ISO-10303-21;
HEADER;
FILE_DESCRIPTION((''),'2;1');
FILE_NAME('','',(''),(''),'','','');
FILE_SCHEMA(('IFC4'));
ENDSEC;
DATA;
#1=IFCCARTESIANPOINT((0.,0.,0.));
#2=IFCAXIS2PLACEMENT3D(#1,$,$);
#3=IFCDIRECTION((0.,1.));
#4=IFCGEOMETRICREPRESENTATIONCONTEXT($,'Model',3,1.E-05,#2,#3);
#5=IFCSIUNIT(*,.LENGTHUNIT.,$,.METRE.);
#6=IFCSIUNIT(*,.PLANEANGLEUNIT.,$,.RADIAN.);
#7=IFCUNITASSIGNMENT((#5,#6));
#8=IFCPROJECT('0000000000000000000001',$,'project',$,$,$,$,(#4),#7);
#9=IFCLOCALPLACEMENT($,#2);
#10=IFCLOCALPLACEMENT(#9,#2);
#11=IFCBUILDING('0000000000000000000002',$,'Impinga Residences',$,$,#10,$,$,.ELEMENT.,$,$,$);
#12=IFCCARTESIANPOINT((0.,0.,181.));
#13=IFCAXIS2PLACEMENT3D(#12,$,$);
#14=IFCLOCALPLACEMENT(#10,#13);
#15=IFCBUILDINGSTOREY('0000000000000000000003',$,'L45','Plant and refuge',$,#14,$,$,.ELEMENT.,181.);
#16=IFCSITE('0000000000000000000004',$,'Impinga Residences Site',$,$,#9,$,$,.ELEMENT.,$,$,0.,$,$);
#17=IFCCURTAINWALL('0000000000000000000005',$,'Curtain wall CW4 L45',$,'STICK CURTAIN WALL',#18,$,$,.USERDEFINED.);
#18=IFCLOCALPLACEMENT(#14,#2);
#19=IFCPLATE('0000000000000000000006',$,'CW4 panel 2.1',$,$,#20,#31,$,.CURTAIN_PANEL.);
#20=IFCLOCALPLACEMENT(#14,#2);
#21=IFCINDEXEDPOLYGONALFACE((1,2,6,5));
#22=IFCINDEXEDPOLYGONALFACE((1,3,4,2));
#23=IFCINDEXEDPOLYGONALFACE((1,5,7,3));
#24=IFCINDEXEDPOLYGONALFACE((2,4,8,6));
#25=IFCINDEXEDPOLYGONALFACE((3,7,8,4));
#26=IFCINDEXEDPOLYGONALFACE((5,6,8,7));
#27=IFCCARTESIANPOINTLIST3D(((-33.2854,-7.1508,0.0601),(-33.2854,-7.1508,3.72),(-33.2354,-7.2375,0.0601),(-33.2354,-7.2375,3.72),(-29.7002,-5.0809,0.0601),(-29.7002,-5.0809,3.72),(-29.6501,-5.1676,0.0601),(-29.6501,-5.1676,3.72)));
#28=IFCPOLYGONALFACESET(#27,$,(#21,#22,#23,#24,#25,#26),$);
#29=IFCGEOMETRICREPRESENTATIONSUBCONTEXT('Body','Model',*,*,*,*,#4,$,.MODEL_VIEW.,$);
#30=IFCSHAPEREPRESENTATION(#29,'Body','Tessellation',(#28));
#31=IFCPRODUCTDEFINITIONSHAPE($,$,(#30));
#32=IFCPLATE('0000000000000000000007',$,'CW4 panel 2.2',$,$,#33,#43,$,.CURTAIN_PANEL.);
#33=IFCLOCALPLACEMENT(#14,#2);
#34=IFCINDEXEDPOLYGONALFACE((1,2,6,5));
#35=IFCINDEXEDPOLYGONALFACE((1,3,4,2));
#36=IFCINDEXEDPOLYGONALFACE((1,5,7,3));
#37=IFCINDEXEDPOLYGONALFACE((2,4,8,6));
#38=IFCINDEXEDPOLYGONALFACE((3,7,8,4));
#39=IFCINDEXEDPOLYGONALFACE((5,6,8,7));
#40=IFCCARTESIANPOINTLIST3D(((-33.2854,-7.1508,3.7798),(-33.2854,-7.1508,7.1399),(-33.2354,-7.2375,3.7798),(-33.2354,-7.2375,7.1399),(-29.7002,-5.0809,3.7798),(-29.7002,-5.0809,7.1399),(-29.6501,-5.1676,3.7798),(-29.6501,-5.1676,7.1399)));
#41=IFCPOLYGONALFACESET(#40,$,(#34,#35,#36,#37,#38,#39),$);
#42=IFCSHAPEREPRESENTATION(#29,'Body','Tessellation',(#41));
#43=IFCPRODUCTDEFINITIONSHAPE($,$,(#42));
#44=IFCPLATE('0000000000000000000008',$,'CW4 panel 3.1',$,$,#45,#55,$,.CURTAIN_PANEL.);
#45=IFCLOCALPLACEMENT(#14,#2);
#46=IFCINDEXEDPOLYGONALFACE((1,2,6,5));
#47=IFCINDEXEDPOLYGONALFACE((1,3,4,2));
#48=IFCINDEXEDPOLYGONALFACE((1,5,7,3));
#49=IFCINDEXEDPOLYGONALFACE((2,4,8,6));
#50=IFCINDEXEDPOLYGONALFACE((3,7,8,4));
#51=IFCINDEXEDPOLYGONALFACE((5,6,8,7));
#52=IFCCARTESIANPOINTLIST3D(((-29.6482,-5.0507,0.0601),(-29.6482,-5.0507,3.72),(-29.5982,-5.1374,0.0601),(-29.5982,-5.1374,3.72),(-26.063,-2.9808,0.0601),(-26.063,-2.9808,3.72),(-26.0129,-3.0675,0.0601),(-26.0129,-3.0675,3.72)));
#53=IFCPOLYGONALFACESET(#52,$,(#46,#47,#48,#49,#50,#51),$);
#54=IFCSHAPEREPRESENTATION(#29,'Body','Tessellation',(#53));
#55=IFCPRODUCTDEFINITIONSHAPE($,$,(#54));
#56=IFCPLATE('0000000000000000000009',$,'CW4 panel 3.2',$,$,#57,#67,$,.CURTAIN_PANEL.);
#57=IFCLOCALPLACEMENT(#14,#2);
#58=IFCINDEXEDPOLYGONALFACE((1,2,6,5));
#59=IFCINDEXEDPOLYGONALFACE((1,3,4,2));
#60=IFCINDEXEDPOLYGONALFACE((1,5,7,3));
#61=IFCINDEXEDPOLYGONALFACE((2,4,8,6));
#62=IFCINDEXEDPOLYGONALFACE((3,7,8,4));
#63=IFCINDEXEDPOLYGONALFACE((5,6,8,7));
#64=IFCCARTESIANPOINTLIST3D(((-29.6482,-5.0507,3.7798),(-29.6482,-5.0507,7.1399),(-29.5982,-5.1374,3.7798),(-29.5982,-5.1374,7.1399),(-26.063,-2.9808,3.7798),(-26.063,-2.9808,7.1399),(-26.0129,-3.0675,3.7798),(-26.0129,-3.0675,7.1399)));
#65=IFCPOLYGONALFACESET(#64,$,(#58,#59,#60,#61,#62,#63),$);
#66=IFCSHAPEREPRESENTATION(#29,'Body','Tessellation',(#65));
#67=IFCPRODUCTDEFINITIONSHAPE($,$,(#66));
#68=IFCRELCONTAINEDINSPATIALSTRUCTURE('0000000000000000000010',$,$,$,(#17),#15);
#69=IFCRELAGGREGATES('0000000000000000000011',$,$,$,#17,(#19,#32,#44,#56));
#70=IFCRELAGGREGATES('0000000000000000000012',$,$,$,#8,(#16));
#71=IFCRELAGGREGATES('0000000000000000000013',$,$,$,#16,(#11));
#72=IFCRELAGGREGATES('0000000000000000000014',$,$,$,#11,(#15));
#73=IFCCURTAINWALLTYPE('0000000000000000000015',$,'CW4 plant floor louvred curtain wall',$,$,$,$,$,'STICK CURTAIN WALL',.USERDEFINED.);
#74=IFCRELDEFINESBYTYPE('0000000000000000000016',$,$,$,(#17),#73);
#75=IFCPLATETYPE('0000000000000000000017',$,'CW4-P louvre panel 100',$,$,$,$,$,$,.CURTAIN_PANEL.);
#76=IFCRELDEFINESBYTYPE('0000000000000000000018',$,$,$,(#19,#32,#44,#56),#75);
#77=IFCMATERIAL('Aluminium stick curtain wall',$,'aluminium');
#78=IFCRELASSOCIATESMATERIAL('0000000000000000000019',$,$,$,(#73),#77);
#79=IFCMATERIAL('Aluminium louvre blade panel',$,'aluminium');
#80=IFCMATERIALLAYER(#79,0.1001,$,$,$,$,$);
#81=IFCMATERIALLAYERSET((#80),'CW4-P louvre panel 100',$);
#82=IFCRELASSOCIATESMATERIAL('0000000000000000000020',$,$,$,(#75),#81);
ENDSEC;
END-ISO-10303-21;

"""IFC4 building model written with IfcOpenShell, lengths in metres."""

from ifc_helpers import new_model, si_unit, direction, frame, origin, origin_2d, place, context, subcontext, project, spatial, rectangle, extrude, material, layer, layer_set, type_object, element, aggregate, save


model = new_model("IFC4")

# Units and contexts
model_context = context("Model", 3, precision=1e-05, world=origin(), true_north=direction((0.0, 1.0)))
body_context = subcontext(model_context, "Body", "Model", "MODEL_VIEW")
ifc_project = project(units=[si_unit("LENGTHUNIT", "METRE"), si_unit("PLANEANGLEUNIT", "RADIAN")], contexts=[model_context])

# Site, building, storey
site_placement = place(None, origin())
site = spatial("IfcSite", under=ifc_project, at=site_placement, Name="Impinga Residences Site", CompositionType="ELEMENT", RefElevation=0.0)
building_placement = place(site_placement, origin())
building = spatial("IfcBuilding", under=site, at=building_placement, Name="Impinga Residences", CompositionType="ELEMENT")
storey_placement = place(building_placement, frame((0.0, 0.0, 181.0)))
storey = spatial("IfcBuildingStorey", under=building, at=storey_placement, Name="L45", Description="Plant and refuge", CompositionType="ELEMENT", Elevation=181.0)

# Curtain wall, plates
ifc_material_1 = material(Name="Aluminium stick curtain wall", Category="aluminium")
curtain_wall_type = type_object("IfcCurtainWallType", Name="CW4 plant floor louvred curtain wall", ElementType="STICK CURTAIN WALL", PredefinedType="USERDEFINED", material=ifc_material_1)
curtain_wall_placement = place(storey_placement, origin())
curtain_wall = element("IfcCurtainWall", 1, at=curtain_wall_placement, inside=storey, type_object=curtain_wall_type, Name="Curtain wall CW4 L45", ObjectType="STICK CURTAIN WALL", PredefinedType="USERDEFINED")
ifc_material_2 = material(Name="Aluminium louvre blade panel", Category="aluminium")
ifc_layer = layer(ifc_material_2, 0.1001)
ifc_layer_set = layer_set([ifc_layer], Name="CW4-P louvre panel 100")
plate_type = type_object("IfcPlateType", Name="CW4-P louvre panel 100", PredefinedType="CURTAIN_PANEL", material=ifc_layer_set)
plate_1_placement = place(storey_placement, frame((-31.4678, -6.1592, 0.0601), z_axis=(0.0, 0.0, 1.0), x_axis=(0.866025, 0.5, 0.0)))
plate_1 = element("IfcPlate", 2, at=plate_1_placement, type_object=plate_type, Name="CW4 panel 2.1", PredefinedType="CURTAIN_PANEL", context=body_context, shape_type="SweptSolid", body=[
    extrude(rectangle(XDim=4.1399, YDim=0.1001, at=origin_2d()), origin(), (0.0, 0.0, 1.0), 3.6599),
])
plate_2_placement = place(storey_placement, frame((-31.4678, -6.1592, 3.7798), z_axis=(0.0, 0.0, 1.0), x_axis=(0.866025, 0.5, 0.0)))
plate_2 = element("IfcPlate", 3, at=plate_2_placement, type_object=plate_type, Name="CW4 panel 2.2", PredefinedType="CURTAIN_PANEL", context=body_context, shape_type="SweptSolid", body=[
    extrude(rectangle(XDim=4.1399, YDim=0.1001, at=origin_2d()), origin(), (0.0, 0.0, 1.0), 3.3601),
])
plate_3_placement = place(storey_placement, frame((-27.8306, -4.0591, 0.0601), z_axis=(0.0, 0.0, 1.0), x_axis=(0.866025, 0.5, 0.0)))
plate_3 = element("IfcPlate", 4, at=plate_3_placement, type_object=plate_type, Name="CW4 panel 3.1", PredefinedType="CURTAIN_PANEL", context=body_context, shape_type="SweptSolid", body=[
    extrude(rectangle(XDim=4.1399, YDim=0.1001, at=origin_2d()), origin(), (0.0, 0.0, 1.0), 3.6599),
])
plate_4_placement = place(storey_placement, frame((-27.8306, -4.0591, 3.7798), z_axis=(0.0, 0.0, 1.0), x_axis=(0.866025, 0.5, 0.0)))
plate_4 = element("IfcPlate", 5, at=plate_4_placement, type_object=plate_type, Name="CW4 panel 3.2", PredefinedType="CURTAIN_PANEL", context=body_context, shape_type="SweptSolid", body=[
    extrude(rectangle(XDim=4.1399, YDim=0.1001, at=origin_2d()), origin(), (0.0, 0.0, 1.0), 3.3601),
])
aggregate(curtain_wall, [plate_1, plate_2, plate_3, plate_4])

save(model, "model.ifc")
